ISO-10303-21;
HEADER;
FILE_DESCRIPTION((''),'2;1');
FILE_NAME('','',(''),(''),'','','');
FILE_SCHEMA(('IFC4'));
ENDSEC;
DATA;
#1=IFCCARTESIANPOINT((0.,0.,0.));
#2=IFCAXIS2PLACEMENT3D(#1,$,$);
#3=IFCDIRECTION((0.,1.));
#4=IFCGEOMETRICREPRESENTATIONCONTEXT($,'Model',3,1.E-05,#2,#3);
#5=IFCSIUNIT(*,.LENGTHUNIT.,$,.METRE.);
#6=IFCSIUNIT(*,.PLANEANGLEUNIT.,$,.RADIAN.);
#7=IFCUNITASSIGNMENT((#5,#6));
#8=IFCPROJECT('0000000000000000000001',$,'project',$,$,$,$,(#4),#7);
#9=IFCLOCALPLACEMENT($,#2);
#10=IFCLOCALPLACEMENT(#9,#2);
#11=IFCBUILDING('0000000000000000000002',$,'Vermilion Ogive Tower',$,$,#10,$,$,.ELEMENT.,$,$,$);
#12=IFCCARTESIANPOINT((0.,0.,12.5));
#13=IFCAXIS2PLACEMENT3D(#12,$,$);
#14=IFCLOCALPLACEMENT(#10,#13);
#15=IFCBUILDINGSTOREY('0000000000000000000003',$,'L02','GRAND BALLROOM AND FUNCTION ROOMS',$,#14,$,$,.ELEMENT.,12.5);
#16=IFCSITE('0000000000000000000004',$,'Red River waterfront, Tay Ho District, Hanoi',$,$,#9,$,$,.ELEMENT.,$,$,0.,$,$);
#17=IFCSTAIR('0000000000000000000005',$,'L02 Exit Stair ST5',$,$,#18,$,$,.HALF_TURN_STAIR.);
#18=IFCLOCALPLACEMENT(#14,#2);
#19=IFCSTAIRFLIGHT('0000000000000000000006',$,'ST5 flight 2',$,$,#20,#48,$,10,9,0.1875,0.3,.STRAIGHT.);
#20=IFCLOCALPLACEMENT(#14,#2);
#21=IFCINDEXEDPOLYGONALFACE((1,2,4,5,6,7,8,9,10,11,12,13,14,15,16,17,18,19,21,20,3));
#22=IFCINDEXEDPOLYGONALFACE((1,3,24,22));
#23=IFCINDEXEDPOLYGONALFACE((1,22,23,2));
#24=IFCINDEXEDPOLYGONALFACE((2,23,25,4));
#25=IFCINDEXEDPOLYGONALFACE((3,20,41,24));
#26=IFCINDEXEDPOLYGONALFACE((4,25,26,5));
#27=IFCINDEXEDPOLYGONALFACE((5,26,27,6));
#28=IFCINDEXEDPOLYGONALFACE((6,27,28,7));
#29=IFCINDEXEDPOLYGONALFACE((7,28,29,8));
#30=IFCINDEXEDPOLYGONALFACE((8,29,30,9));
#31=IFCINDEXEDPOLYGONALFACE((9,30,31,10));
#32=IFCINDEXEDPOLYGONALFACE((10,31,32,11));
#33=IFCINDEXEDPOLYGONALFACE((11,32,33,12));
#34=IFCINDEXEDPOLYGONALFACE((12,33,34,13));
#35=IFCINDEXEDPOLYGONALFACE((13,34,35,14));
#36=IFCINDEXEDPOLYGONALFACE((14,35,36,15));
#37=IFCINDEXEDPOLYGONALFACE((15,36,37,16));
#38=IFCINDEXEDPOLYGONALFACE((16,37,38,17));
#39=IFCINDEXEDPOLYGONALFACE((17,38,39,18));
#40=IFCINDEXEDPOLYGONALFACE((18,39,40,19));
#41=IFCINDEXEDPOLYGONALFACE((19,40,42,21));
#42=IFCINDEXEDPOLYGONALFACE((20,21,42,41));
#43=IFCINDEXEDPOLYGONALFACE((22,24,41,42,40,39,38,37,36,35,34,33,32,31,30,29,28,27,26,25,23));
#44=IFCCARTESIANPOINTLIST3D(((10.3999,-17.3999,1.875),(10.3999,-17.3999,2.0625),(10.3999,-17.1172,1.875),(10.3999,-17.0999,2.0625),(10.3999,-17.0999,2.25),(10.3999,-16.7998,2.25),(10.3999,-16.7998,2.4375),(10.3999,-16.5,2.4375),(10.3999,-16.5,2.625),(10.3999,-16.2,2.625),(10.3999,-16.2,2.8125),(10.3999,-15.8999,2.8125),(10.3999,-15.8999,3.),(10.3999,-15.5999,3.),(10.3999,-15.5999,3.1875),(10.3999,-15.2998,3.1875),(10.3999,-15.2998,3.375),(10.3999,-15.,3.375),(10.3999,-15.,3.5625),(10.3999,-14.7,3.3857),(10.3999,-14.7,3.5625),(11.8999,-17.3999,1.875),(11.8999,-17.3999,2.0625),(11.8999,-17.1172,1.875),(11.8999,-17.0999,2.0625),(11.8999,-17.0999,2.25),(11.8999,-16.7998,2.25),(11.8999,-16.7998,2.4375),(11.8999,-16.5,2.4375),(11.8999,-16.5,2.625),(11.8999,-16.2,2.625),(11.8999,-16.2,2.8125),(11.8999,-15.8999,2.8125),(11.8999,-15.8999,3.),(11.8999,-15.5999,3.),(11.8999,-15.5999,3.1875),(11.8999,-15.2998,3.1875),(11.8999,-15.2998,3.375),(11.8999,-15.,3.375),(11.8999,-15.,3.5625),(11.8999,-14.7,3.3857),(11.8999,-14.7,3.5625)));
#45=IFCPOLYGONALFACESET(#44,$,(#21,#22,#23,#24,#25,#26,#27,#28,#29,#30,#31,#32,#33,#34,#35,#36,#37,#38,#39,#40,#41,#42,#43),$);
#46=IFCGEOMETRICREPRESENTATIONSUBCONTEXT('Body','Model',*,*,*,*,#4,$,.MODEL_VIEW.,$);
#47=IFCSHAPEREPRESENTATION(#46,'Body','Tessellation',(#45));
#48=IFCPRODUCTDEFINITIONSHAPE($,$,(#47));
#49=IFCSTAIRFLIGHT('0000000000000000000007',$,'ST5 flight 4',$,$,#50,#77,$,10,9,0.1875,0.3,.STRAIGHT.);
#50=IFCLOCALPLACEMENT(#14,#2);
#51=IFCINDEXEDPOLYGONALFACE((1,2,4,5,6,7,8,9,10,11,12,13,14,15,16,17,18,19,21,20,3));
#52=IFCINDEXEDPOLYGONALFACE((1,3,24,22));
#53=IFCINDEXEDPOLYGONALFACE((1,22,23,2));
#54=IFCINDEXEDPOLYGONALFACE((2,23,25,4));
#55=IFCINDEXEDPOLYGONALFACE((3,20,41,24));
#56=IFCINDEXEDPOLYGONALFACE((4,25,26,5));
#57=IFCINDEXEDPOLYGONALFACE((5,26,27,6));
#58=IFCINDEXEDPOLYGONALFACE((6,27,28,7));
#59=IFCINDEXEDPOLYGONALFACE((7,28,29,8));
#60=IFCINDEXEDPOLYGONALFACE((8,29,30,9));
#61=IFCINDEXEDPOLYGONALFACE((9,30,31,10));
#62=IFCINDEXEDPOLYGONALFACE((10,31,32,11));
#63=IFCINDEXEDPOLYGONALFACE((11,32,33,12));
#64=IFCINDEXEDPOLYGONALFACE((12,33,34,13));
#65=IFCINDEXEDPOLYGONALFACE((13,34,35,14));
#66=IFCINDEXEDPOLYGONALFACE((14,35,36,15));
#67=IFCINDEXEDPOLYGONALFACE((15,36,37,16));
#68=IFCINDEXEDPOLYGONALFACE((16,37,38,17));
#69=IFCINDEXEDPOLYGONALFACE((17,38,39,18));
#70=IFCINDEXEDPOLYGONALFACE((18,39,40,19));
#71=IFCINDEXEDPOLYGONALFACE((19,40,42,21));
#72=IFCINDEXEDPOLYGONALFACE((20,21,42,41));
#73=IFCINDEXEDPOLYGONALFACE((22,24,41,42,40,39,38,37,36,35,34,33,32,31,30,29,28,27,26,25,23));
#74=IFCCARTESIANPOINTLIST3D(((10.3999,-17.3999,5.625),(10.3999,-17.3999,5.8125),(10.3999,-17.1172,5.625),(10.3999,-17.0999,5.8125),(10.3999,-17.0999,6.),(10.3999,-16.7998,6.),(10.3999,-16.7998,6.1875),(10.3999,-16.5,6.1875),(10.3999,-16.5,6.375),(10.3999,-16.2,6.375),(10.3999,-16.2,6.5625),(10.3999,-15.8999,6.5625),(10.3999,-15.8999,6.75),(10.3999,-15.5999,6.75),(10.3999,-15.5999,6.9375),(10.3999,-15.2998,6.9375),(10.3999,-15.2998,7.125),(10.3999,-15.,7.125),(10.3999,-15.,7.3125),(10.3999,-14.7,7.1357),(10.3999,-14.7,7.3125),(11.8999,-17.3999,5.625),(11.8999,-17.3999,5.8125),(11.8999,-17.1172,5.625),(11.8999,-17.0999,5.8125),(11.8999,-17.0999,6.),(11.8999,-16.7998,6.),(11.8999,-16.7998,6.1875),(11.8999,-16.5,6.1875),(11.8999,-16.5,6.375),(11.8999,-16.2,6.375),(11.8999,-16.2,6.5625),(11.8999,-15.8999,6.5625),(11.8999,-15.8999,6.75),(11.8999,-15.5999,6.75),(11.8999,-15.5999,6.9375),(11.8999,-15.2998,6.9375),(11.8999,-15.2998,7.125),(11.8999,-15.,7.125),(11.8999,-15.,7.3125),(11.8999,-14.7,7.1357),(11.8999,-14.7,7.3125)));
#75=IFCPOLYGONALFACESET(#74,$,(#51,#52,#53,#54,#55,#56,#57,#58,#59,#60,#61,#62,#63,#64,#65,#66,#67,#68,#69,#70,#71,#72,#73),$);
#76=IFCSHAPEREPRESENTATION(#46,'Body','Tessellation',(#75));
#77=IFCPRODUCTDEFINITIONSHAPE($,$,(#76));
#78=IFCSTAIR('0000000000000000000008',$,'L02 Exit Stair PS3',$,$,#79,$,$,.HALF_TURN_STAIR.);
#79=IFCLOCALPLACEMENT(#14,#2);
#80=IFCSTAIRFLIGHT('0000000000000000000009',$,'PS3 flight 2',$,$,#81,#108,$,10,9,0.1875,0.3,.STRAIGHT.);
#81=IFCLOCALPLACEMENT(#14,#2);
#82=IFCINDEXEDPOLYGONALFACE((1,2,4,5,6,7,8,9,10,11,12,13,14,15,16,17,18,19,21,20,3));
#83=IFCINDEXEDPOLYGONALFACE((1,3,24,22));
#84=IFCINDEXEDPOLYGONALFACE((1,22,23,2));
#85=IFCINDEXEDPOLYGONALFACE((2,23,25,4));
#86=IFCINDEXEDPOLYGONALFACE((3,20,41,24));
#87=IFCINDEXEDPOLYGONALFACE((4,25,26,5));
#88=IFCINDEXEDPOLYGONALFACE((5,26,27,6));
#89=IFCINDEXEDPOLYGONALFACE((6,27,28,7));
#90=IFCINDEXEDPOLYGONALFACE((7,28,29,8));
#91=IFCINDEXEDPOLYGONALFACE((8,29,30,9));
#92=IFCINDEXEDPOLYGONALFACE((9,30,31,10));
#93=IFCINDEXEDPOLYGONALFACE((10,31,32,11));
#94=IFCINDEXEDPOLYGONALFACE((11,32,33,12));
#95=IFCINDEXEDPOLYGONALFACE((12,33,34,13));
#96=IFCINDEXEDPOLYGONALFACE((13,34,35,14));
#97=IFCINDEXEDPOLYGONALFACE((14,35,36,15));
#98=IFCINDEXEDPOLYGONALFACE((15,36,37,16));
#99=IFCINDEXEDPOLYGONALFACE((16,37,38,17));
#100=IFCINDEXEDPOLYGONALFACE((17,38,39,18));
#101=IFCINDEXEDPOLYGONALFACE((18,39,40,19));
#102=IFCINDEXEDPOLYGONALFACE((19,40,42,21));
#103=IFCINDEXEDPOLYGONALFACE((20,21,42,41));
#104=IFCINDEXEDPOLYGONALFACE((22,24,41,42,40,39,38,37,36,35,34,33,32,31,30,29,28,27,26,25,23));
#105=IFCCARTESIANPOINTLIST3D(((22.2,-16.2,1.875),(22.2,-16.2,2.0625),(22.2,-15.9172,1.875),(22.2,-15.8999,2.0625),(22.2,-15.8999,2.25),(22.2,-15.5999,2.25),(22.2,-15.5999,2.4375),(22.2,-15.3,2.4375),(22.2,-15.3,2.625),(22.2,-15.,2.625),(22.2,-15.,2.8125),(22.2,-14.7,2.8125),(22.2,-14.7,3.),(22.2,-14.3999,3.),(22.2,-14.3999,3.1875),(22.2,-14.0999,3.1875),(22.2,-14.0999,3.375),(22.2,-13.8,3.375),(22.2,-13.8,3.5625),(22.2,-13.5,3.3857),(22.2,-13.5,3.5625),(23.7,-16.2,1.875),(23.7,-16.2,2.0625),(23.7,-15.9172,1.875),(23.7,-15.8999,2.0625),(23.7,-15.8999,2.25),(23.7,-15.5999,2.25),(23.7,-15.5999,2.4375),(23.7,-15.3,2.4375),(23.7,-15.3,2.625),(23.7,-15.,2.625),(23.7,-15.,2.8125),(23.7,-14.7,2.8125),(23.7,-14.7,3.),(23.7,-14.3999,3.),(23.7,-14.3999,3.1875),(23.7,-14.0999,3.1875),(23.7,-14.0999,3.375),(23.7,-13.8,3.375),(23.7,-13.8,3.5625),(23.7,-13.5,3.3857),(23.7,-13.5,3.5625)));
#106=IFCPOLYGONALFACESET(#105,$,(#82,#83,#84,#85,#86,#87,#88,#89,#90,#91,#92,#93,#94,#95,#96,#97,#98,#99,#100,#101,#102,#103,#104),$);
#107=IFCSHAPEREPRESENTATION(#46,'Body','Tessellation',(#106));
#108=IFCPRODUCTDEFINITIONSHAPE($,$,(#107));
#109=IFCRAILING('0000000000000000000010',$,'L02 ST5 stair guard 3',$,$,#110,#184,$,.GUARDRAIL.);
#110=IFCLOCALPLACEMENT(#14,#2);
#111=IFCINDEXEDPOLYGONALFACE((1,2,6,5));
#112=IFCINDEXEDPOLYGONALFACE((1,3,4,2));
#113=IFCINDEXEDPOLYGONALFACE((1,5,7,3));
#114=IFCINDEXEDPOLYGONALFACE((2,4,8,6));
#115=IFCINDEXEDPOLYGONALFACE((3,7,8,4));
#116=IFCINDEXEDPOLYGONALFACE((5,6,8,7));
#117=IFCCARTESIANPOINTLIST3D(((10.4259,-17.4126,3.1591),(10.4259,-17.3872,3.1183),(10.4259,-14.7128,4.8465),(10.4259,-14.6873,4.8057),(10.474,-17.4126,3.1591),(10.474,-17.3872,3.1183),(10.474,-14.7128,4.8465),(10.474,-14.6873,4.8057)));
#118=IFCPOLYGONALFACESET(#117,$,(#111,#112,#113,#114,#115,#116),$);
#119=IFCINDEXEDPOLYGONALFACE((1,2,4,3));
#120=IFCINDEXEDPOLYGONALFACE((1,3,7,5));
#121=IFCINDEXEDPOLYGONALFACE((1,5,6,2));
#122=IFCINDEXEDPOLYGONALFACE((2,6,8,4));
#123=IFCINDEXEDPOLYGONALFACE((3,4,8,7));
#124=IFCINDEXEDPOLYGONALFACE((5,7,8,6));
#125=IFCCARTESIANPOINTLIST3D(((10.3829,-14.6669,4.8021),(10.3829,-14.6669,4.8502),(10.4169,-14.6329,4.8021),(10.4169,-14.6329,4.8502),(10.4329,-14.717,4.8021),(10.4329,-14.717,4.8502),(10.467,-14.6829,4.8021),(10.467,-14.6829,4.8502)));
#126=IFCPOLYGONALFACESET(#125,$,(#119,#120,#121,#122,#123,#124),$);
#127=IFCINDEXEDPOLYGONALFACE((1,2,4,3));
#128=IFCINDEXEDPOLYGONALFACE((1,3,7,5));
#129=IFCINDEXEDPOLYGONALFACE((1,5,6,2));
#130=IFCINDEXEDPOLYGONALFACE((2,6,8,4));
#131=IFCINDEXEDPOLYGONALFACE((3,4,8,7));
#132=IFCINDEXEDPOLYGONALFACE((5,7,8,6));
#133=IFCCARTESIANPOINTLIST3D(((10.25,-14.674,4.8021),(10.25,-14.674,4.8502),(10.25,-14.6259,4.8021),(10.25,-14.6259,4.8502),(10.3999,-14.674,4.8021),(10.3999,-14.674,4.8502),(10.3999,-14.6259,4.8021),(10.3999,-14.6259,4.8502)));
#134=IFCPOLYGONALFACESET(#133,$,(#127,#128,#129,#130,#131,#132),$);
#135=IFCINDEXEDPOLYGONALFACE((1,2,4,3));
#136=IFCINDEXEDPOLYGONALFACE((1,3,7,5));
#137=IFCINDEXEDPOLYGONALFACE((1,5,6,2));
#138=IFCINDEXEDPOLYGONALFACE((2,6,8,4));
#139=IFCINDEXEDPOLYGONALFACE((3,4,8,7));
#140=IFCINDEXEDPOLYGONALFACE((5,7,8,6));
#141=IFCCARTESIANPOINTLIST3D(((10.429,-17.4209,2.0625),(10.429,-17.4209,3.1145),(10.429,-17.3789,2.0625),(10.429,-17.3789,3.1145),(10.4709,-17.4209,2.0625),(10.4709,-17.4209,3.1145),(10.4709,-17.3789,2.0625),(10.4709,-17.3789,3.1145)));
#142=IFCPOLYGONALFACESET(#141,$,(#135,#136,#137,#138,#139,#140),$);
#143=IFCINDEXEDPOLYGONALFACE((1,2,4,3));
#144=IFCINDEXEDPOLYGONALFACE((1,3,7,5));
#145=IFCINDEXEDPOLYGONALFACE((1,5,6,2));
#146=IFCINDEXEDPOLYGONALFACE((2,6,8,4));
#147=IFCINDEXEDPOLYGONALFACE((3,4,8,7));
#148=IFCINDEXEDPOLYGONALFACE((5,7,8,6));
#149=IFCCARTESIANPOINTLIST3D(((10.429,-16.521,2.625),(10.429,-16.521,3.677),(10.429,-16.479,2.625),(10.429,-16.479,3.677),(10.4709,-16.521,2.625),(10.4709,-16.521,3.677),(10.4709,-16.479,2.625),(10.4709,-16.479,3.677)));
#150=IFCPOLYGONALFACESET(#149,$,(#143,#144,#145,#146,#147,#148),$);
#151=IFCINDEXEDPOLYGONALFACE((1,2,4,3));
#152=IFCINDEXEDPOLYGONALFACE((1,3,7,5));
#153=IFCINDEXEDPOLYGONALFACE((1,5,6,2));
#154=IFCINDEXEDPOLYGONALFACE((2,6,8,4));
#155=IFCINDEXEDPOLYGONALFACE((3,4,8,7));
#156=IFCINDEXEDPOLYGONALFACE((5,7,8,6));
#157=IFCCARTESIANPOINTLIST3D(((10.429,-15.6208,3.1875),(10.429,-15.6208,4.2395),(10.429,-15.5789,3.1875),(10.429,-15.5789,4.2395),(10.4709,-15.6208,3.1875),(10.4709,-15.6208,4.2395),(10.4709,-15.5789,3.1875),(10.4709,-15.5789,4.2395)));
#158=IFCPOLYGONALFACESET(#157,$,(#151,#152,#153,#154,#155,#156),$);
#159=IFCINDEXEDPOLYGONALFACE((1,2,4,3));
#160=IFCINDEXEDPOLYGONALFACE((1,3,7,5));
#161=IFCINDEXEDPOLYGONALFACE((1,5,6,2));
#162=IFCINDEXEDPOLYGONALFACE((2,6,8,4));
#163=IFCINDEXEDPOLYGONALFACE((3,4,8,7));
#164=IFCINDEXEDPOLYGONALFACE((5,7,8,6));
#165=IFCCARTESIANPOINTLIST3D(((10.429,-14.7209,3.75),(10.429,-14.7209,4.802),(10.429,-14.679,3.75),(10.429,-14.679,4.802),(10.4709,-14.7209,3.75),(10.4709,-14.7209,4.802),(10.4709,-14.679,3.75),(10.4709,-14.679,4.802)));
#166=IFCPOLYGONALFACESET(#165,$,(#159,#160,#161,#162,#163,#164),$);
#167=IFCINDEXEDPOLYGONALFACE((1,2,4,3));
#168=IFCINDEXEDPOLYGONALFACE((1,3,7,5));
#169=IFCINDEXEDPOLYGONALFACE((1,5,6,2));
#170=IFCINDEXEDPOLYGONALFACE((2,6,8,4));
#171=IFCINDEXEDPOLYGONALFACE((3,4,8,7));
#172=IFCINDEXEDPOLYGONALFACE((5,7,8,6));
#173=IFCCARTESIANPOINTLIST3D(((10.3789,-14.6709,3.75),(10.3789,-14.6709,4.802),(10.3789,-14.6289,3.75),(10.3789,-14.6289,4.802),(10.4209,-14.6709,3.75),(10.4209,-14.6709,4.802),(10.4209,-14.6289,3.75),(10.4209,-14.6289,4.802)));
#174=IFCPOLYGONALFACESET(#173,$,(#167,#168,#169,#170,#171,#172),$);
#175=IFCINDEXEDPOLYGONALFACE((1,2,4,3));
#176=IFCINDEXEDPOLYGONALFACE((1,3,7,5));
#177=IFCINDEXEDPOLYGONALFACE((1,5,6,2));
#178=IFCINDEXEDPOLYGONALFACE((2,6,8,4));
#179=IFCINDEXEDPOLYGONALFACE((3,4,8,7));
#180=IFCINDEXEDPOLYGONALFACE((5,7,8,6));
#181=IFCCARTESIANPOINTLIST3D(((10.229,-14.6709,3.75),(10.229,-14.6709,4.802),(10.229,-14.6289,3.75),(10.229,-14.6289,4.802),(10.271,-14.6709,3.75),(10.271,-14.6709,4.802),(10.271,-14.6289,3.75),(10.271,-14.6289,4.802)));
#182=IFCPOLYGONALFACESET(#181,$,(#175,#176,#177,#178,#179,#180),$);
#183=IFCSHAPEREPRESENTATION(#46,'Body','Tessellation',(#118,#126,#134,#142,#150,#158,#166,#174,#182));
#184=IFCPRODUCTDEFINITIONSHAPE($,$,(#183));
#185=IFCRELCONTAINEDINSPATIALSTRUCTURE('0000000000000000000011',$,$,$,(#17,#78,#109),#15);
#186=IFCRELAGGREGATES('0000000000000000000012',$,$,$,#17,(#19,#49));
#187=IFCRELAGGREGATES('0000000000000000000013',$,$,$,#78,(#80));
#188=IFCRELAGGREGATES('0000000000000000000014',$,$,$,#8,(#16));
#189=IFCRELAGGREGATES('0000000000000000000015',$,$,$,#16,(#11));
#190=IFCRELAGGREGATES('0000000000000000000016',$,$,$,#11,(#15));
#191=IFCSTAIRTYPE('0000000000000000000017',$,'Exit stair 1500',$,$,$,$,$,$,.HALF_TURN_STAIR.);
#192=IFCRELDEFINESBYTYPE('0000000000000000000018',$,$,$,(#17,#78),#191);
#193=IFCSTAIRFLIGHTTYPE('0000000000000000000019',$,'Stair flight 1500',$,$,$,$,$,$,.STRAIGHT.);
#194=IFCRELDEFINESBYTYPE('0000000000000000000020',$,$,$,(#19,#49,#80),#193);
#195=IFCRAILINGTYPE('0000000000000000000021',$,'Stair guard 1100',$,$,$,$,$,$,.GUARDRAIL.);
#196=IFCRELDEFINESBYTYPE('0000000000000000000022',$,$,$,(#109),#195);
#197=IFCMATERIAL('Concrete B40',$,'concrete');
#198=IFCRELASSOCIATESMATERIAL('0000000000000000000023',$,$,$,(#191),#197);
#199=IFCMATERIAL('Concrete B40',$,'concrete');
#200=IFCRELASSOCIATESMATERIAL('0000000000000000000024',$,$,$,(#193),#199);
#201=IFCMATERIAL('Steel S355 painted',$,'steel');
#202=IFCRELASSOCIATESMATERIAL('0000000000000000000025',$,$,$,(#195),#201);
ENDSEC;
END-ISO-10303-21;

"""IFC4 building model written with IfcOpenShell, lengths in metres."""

from ifc_helpers import new_model, si_unit, direction, frame, origin, origin_2d, place, context, subcontext, project, spatial, polyline, rectangle, outline, extrude, material, type_object, element, aggregate, save


model = new_model("IFC4")

# Units and contexts
model_context = context("Model", 3, precision=1e-05, world=origin(), true_north=direction((0.0, 1.0)))
body_context = subcontext(model_context, "Body", "Model", "MODEL_VIEW")
ifc_project = project(units=[si_unit("LENGTHUNIT", "METRE"), si_unit("PLANEANGLEUNIT", "RADIAN")], contexts=[model_context])

# Site, building, storey
site_placement = place(None, origin())
site = spatial("IfcSite", under=ifc_project, at=site_placement, Name="Red River waterfront, Tay Ho District, Hanoi", CompositionType="ELEMENT", RefElevation=0.0)
building_placement = place(site_placement, origin())
building = spatial("IfcBuilding", under=site, at=building_placement, Name="Vermilion Ogive Tower", CompositionType="ELEMENT")
storey_placement = place(building_placement, frame((0.0, 0.0, 12.5)))
storey = spatial("IfcBuildingStorey", under=building, at=storey_placement, Name="L02", Description="GRAND BALLROOM AND FUNCTION ROOMS", CompositionType="ELEMENT", Elevation=12.5)

# Stair, stair flights
ifc_material_1 = material(Name="Concrete B40", Category="concrete")
stair_type = type_object("IfcStairType", Name="Exit stair 1500", PredefinedType="HALF_TURN_STAIR", material=ifc_material_1)
stair_1_placement = place(storey_placement, origin())
stair_1 = element("IfcStair", 1, at=stair_1_placement, inside=storey, type_object=stair_type, Name="L02 Exit Stair ST5", PredefinedType="HALF_TURN_STAIR")
ifc_material_2 = material(Name="Concrete B40", Category="concrete")
stair_flight_type = type_object("IfcStairFlightType", Name="Stair flight 1500", PredefinedType="STRAIGHT", material=ifc_material_2)
stair_flight_1_placement = place(storey_placement, frame((11.1499, -17.3999, 1.875), z_axis=(0.0, 0.0, 1.0), x_axis=(0.0, 1.0, 0.0)))
stair_flight_1 = element("IfcStairFlight", 2, at=stair_flight_1_placement, type_object=stair_flight_type, Name="ST5 flight 2", NumberOfRisers=10, NumberOfTreads=9, PredefinedType="STRAIGHT", RiserHeight=0.1875, TreadLength=0.3, context=body_context, shape_type="SweptSolid", body=[
    extrude(outline(polyline([(0.0, 0.0), (0.0, 0.1875), (0.3, 0.1875), (0.3, 0.375), (0.6001, 0.375), (0.6001, 0.5625), (0.8999, 0.5625), (0.8999, 0.75), (1.2, 0.75), (1.2, 0.9375), (1.5, 0.9375), (1.5, 1.125), (1.8, 1.125), (1.8, 1.3125), (2.1001, 1.3125), (2.1001, 1.5), (2.3999, 1.5), (2.3999, 1.6875), (2.7, 1.6875), (2.7, 1.875), (2.7, 1.5107), (0.2827, 0.0), (0.0, 0.0)])), frame((0.0, 0.75, 0.0), z_axis=(0.0, -1.0, 0.0), x_axis=(1.0, 0.0, 0.0)), (0.0, 0.0, 1.0), 1.5),
])
stair_flight_2_placement = place(storey_placement, frame((11.1499, -17.3999, 5.625), z_axis=(0.0, 0.0, 1.0), x_axis=(0.0, 1.0, 0.0)))
stair_flight_2 = element("IfcStairFlight", 3, at=stair_flight_2_placement, type_object=stair_flight_type, Name="ST5 flight 4", NumberOfRisers=10, NumberOfTreads=9, PredefinedType="STRAIGHT", RiserHeight=0.1875, TreadLength=0.3, context=body_context, shape_type="SweptSolid", body=[
    extrude(outline(polyline([(0.0, 0.0), (0.0, 0.1875), (0.3, 0.1875), (0.3, 0.375), (0.6001, 0.375), (0.6001, 0.5625), (0.8999, 0.5625), (0.8999, 0.75), (1.2, 0.75), (1.2, 0.9375), (1.5, 0.9375), (1.5, 1.125), (1.8, 1.125), (1.8, 1.3125), (2.1001, 1.3125), (2.1001, 1.5), (2.3999, 1.5), (2.3999, 1.6875), (2.7, 1.6875), (2.7, 1.875), (2.7, 1.5107), (0.2827, 0.0), (0.0, 0.0)])), frame((0.0, 0.75, 0.0), z_axis=(0.0, -1.0, 0.0), x_axis=(1.0, 0.0, 0.0)), (0.0, 0.0, 1.0), 1.5),
])
aggregate(stair_1, [stair_flight_1, stair_flight_2])

# Stair, stair flight
stair_2_placement = place(storey_placement, origin())
stair_2 = element("IfcStair", 4, at=stair_2_placement, inside=storey, type_object=stair_type, Name="L02 Exit Stair PS3", PredefinedType="HALF_TURN_STAIR")
stair_flight_3_placement = place(storey_placement, frame((22.95, -16.2, 1.875), z_axis=(0.0, 0.0, 1.0), x_axis=(0.0, 1.0, 0.0)))
stair_flight_3 = element("IfcStairFlight", 5, at=stair_flight_3_placement, type_object=stair_flight_type, Name="PS3 flight 2", NumberOfRisers=10, NumberOfTreads=9, PredefinedType="STRAIGHT", RiserHeight=0.1875, TreadLength=0.3, context=body_context, shape_type="SweptSolid", body=[
    extrude(outline(polyline([(0.0, 0.0), (0.0, 0.1875), (0.3, 0.1875), (0.3, 0.375), (0.6001, 0.375), (0.6001, 0.5625), (0.8999, 0.5625), (0.8999, 0.75), (1.2, 0.75), (1.2, 0.9375), (1.5, 0.9375), (1.5, 1.125), (1.8, 1.125), (1.8, 1.3125), (2.1001, 1.3125), (2.1001, 1.5), (2.3999, 1.5), (2.3999, 1.6875), (2.7, 1.6875), (2.7, 1.875), (2.7, 1.5107), (0.2827, 0.0), (0.0, 0.0)])), frame((0.0, 0.75, 0.0), z_axis=(0.0, -1.0, 0.0), x_axis=(1.0, 0.0, 0.0)), (0.0, 0.0, 1.0), 1.5),
])
aggregate(stair_2, [stair_flight_3])

# Railing
ifc_material_3 = material(Name="Steel S355 painted", Category="steel")
railing_type_1 = type_object("IfcRailingType", Name="Stair guard 1100", PredefinedType="GUARDRAIL", material=ifc_material_3)
railing_1_placement = place(storey_placement, frame((10.45, -17.3999, 2.0625)))
element("IfcRailing", 6, at=railing_1_placement, inside=storey, type_object=railing_type_1, Name="L02 ST5 stair guard 3", PredefinedType="GUARDRAIL", context=body_context, shape_type="SweptSolid", body=[
    extrude(rectangle(XDim=0.0481, YDim=0.0481, at=origin_2d()), frame((0.0, 0.0, 1.0762), z_axis=(0.0, 0.847994, 0.530006), x_axis=(-1.0, 0.0, 0.0)), (0.0, 0.0, 1.0), 3.1838),
    extrude(rectangle(XDim=0.0481, YDim=0.0481, at=origin_2d()), frame((0.0, 2.7, 2.7637), z_axis=(-0.707107, 0.707107, 0.0), x_axis=(-0.707107, -0.707107, 0.0)), (0.0, 0.0, 1.0), 0.0708),
    extrude(rectangle(XDim=0.0481, YDim=0.0481, at=origin_2d()), frame((-0.05, 2.75, 2.7637), z_axis=(-1.0, 0.0, 0.0), x_axis=(0.0, -1.0, 0.0)), (0.0, 0.0, 1.0), 0.1499),
    extrude(rectangle(XDim=0.042, YDim=0.042, at=origin_2d()), origin(), (0.0, 0.0, 1.0), 1.052),
    extrude(rectangle(XDim=0.042, YDim=0.042, at=origin_2d()), frame((0.0, 0.8999, 0.5625)), (0.0, 0.0, 1.0), 1.052),
    extrude(rectangle(XDim=0.042, YDim=0.042, at=origin_2d()), frame((0.0, 1.8, 1.125)), (0.0, 0.0, 1.0), 1.052),
    extrude(rectangle(XDim=0.042, YDim=0.042, at=origin_2d()), frame((0.0, 2.7, 1.6875)), (0.0, 0.0, 1.0), 1.052),
    extrude(rectangle(XDim=0.042, YDim=0.042, at=origin_2d()), frame((-0.05, 2.75, 1.6875)), (0.0, 0.0, 1.0), 1.052),
    extrude(rectangle(XDim=0.042, YDim=0.042, at=origin_2d()), frame((-0.2, 2.75, 1.6875)), (0.0, 0.0, 1.0), 1.052),
])

save(model, "model.ifc")
